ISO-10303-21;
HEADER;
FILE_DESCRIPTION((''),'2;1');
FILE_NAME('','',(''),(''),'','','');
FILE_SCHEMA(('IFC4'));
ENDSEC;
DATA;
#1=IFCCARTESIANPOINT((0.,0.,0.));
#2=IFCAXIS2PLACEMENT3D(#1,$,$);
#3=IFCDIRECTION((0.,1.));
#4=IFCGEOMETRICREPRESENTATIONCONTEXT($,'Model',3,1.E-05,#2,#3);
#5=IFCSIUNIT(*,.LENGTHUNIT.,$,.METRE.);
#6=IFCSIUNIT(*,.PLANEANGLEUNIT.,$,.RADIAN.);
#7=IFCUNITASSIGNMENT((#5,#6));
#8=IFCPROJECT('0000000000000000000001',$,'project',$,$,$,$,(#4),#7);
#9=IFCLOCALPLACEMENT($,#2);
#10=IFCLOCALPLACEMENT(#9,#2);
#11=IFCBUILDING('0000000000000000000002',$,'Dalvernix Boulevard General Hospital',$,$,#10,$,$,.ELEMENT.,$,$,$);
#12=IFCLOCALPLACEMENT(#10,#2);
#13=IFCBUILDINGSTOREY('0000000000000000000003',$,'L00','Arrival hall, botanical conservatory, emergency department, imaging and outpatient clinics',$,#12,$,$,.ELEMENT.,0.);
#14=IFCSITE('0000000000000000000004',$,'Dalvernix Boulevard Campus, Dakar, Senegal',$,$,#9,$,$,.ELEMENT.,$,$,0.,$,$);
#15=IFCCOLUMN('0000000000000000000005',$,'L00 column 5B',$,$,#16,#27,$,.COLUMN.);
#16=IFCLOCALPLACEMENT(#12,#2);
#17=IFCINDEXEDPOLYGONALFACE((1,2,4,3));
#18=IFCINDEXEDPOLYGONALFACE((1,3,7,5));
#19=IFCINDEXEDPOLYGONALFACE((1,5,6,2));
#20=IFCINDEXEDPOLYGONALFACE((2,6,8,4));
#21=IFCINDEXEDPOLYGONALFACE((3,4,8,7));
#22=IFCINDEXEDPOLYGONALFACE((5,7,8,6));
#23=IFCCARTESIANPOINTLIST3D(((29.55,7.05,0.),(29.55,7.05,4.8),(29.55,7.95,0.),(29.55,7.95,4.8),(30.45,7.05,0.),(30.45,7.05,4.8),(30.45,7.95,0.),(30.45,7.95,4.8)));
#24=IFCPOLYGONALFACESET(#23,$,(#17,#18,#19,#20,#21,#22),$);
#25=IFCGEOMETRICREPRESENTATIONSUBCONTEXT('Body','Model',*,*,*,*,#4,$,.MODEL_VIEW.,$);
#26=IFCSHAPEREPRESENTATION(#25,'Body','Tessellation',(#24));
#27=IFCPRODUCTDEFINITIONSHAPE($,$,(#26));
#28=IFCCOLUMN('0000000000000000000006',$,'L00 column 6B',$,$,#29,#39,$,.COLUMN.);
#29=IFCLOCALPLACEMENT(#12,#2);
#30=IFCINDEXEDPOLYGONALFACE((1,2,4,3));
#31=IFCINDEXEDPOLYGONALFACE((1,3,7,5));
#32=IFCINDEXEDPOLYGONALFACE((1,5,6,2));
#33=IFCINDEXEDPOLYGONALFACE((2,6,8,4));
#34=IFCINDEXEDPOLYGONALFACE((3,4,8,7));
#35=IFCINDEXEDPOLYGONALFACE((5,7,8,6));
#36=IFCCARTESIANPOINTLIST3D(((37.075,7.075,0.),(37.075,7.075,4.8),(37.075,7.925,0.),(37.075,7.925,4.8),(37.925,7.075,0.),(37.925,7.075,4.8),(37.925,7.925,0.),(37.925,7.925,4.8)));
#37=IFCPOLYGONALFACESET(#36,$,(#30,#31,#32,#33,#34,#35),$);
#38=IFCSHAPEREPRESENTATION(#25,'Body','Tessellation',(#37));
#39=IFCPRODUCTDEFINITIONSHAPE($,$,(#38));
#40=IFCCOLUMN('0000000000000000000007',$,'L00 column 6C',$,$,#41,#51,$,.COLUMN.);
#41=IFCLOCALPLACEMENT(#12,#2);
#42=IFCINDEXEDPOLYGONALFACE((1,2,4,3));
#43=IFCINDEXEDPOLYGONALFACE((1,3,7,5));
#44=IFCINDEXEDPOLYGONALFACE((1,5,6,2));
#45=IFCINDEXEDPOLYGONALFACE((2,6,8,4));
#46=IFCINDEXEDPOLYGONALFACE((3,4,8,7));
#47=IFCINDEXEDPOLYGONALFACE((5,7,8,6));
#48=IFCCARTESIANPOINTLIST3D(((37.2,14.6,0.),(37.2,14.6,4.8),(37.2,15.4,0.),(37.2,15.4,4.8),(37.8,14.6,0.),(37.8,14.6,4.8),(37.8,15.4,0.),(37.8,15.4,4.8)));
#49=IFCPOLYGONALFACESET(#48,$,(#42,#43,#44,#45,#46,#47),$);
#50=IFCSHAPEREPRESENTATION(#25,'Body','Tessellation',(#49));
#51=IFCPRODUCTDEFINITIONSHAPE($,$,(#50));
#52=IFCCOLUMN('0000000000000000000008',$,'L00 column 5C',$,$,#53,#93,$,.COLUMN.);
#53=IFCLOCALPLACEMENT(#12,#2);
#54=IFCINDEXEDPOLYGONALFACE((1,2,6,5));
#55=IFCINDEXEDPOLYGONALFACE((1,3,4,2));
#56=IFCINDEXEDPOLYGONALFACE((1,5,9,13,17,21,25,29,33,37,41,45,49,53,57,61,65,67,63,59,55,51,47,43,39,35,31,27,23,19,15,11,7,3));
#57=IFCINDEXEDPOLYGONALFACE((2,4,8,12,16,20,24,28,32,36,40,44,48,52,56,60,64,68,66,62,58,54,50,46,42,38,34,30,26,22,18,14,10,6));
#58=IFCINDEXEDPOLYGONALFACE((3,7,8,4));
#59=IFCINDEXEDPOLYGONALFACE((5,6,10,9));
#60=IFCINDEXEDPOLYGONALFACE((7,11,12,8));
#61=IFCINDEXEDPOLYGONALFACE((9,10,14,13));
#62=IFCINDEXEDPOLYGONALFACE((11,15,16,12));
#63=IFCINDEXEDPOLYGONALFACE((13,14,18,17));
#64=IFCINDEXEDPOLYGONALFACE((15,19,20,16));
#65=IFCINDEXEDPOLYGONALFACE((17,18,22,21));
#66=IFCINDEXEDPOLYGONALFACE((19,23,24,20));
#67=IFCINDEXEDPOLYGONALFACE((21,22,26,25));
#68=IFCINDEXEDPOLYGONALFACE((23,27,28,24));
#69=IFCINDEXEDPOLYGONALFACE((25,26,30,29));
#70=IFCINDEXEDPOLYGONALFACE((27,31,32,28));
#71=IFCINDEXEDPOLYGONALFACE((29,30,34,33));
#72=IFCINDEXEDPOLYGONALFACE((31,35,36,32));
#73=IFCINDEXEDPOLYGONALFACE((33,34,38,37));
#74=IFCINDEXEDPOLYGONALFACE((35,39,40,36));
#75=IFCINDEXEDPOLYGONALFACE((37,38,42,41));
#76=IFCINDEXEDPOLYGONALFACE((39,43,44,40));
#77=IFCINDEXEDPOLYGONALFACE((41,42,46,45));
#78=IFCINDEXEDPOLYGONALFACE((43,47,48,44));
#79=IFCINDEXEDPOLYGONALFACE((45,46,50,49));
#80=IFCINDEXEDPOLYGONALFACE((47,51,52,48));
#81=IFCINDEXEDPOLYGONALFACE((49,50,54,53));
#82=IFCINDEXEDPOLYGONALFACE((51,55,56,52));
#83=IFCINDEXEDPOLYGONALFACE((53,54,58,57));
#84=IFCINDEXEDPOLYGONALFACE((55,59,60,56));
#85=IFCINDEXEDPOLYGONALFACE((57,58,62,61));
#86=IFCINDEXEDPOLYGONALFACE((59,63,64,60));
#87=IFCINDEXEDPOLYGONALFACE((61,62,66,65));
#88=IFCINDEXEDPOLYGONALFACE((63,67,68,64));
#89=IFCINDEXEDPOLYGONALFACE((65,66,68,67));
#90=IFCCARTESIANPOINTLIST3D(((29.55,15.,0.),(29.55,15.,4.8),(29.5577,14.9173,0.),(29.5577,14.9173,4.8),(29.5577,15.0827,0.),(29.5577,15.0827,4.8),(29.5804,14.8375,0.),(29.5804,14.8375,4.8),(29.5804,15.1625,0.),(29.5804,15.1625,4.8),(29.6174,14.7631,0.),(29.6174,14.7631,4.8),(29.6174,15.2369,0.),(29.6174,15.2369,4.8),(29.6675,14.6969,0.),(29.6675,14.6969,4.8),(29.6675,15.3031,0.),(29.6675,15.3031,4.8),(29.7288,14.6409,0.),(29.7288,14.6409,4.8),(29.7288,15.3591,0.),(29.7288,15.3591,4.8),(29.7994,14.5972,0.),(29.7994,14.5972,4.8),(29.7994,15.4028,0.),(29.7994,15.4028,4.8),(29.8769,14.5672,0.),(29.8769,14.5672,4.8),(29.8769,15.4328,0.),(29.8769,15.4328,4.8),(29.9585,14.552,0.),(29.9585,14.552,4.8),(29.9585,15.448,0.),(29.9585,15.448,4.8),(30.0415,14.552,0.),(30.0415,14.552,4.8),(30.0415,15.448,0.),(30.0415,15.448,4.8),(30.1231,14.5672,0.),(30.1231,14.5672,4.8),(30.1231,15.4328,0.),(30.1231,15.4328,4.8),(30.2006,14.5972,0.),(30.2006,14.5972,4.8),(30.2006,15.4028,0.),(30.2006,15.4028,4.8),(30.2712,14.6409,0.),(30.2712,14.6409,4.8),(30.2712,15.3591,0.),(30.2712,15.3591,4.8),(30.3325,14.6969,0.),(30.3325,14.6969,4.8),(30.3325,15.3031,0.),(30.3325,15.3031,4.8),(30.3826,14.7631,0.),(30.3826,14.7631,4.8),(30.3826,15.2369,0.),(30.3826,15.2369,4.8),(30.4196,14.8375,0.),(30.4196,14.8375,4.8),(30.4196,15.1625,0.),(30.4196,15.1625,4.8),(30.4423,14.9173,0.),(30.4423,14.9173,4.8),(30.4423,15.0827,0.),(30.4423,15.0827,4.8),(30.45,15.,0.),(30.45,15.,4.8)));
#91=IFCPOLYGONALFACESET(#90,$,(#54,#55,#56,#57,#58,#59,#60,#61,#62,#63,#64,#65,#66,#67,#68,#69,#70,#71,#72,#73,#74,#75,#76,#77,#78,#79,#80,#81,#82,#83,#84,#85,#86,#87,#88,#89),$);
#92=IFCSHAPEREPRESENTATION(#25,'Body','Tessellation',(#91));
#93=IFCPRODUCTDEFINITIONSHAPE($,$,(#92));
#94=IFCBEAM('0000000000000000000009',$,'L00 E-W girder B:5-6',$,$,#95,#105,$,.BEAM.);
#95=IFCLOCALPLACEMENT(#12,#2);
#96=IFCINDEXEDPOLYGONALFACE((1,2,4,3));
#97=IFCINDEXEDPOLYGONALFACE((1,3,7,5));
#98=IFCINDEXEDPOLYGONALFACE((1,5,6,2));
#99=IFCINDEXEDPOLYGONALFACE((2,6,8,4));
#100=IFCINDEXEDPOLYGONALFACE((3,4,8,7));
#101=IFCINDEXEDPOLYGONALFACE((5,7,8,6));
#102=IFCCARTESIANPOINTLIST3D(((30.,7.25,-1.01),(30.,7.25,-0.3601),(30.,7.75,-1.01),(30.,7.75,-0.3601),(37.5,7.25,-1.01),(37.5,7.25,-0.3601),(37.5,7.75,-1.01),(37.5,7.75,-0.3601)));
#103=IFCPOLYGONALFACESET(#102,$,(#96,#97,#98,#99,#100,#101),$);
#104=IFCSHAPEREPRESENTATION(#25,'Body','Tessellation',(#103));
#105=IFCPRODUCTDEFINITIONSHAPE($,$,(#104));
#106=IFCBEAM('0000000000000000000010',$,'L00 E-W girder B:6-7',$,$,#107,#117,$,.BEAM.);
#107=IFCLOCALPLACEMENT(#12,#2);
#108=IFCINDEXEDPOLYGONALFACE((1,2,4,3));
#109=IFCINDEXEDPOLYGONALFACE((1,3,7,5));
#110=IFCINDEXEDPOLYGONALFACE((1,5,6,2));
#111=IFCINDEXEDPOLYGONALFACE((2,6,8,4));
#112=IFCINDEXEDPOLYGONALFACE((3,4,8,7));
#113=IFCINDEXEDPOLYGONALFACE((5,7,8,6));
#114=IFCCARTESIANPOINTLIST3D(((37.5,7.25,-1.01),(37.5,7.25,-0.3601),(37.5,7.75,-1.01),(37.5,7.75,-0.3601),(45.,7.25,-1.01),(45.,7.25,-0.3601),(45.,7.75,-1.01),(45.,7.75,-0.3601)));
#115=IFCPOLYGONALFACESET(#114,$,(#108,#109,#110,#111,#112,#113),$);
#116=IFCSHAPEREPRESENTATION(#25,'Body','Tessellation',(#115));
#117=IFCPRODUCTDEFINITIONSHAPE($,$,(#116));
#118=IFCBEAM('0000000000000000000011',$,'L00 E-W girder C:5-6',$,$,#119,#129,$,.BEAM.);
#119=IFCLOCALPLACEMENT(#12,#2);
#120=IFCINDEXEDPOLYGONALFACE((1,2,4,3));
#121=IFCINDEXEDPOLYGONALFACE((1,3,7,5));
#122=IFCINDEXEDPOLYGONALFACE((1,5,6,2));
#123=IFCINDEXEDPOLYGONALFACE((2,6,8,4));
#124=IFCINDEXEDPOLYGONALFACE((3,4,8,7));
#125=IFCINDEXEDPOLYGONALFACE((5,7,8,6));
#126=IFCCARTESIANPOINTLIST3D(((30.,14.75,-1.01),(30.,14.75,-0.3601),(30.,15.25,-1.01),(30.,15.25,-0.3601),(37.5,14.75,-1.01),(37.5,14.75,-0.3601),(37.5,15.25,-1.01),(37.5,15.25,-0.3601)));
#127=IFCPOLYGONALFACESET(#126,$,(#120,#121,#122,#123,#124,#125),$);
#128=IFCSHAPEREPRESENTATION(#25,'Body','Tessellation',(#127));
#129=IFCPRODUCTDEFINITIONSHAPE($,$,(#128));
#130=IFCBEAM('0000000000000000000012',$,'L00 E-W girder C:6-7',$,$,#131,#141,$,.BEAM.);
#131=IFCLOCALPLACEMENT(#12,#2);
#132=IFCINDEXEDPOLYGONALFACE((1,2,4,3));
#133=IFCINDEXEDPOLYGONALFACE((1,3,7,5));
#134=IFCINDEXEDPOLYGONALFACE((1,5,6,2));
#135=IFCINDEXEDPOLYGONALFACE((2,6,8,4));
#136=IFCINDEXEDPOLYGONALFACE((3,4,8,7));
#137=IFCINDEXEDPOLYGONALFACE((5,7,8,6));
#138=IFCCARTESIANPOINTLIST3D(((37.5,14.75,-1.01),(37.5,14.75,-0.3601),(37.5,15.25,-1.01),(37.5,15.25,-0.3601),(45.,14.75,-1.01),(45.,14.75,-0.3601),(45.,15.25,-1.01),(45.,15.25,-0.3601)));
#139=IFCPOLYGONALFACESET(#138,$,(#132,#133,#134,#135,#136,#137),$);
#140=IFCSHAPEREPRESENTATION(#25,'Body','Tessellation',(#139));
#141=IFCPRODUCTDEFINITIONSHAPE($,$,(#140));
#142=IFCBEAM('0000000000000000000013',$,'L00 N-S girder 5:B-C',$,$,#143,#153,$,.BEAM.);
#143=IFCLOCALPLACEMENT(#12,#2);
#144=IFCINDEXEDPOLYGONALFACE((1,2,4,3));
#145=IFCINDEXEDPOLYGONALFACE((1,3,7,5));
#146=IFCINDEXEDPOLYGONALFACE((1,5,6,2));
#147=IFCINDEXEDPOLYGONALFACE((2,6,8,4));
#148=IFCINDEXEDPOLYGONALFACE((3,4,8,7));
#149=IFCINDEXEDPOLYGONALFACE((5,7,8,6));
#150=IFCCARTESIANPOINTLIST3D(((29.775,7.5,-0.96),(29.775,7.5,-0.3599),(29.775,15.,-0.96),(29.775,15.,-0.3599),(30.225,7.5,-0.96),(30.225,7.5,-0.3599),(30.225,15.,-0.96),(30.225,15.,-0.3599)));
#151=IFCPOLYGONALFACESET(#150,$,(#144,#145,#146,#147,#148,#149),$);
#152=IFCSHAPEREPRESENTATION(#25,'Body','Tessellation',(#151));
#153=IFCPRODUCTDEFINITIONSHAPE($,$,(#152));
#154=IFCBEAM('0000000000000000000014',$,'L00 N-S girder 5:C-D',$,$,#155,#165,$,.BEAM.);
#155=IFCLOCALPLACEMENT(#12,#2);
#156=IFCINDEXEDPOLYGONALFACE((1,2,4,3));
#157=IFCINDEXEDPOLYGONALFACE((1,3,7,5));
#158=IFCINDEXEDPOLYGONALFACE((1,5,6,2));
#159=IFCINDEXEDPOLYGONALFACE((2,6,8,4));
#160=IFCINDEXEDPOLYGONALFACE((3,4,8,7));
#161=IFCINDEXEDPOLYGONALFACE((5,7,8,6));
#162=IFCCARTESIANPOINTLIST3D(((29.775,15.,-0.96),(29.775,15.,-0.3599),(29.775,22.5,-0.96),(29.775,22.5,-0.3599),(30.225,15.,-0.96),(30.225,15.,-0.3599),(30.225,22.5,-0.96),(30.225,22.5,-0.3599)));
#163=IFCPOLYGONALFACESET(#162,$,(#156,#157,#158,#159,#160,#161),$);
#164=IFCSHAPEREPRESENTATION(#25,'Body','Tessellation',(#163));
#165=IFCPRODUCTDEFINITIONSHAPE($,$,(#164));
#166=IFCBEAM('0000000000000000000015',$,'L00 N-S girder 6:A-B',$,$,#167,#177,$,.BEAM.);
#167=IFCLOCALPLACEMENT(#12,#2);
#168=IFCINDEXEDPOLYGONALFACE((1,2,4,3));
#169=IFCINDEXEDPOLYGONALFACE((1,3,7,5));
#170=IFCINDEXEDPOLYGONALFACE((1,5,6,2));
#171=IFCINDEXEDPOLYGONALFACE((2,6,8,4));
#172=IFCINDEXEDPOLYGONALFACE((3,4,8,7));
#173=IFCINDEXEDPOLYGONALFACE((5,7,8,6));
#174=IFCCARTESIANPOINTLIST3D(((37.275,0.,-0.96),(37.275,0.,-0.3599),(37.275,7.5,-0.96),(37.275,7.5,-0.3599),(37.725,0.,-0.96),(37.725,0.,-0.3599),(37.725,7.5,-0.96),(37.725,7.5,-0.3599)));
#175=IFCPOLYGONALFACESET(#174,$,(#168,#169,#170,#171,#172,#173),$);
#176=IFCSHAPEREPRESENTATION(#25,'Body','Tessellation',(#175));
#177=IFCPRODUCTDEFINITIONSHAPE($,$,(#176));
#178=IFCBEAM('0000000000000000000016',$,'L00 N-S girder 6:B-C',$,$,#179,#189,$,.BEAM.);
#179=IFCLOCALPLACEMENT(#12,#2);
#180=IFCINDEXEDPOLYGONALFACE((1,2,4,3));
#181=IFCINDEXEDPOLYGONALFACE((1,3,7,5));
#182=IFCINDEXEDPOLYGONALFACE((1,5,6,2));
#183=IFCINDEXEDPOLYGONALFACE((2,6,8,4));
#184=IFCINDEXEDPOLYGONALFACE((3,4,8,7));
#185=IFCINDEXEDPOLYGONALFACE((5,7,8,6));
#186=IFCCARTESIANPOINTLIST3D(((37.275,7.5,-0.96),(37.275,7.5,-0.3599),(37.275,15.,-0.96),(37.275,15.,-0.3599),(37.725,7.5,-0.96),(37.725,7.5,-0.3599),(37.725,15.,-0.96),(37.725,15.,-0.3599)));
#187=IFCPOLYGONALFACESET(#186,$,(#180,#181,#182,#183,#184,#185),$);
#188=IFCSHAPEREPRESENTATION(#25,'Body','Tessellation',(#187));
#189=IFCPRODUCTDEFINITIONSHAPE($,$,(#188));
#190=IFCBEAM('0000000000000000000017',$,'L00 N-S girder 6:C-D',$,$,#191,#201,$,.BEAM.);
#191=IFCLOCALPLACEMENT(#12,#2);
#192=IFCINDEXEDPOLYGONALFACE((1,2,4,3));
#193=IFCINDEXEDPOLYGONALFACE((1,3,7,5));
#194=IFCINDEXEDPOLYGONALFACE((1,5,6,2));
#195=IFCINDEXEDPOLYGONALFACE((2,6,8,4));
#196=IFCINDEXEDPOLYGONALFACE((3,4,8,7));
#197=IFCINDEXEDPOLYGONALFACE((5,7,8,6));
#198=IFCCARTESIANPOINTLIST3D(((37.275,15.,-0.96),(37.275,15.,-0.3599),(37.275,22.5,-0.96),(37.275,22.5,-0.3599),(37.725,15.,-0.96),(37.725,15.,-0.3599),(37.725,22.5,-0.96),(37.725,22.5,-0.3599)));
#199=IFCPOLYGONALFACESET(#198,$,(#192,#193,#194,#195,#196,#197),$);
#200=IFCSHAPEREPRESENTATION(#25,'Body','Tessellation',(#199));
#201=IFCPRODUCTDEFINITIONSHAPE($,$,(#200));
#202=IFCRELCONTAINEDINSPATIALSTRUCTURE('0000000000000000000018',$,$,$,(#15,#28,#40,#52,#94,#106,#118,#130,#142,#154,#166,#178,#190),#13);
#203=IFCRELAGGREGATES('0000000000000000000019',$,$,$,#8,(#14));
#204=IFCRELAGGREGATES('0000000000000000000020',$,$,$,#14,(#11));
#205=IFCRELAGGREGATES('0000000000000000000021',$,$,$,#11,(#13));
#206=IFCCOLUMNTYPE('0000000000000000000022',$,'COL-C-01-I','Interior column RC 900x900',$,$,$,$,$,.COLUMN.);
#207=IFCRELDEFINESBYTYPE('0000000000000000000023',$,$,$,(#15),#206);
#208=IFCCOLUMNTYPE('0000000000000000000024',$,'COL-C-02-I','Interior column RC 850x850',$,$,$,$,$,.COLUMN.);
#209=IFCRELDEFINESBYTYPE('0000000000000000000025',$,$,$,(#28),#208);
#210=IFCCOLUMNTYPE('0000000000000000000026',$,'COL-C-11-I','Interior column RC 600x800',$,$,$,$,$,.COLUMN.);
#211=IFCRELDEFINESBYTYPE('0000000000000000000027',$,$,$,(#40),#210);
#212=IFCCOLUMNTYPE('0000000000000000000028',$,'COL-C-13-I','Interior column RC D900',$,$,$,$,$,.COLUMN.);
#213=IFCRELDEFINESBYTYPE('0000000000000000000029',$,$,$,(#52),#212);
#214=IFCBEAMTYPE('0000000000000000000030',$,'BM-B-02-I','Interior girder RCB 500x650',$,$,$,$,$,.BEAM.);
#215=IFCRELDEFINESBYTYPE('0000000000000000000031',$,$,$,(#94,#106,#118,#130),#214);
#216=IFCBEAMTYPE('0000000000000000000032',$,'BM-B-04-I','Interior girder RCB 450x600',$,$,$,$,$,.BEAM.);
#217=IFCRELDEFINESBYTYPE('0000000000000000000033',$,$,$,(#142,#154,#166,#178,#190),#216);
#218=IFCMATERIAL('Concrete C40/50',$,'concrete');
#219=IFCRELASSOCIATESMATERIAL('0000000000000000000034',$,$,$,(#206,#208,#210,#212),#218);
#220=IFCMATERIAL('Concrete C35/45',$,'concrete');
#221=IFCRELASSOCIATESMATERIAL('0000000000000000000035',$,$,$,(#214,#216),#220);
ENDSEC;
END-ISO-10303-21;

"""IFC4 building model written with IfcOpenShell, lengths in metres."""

from ifc_helpers import new_model, si_unit, direction, frame, origin, origin_2d, place, context, subcontext, project, spatial, rectangle, circle, extrude, material, material_profile, profile_set, type_object, element, save


model = new_model("IFC4")

# Units and contexts
model_context = context("Model", 3, precision=1e-05, world=origin(), true_north=direction((0.0, 1.0)))
body_context = subcontext(model_context, "Body", "Model", "MODEL_VIEW")
ifc_project = project(units=[si_unit("LENGTHUNIT", "METRE"), si_unit("PLANEANGLEUNIT", "RADIAN")], contexts=[model_context])

# Site, building, storey
site_placement = place(None, origin())
site = spatial("IfcSite", under=ifc_project, at=site_placement, Name="Dalvernix Boulevard Campus, Dakar, Senegal", CompositionType="ELEMENT", RefElevation=0.0)
building_placement = place(site_placement, origin())
building = spatial("IfcBuilding", under=site, at=building_placement, Name="Dalvernix Boulevard General Hospital", CompositionType="ELEMENT")
storey_placement = place(building_placement, origin())
storey = spatial("IfcBuildingStorey", under=building, at=storey_placement, Name="L00", Description="Arrival hall, botanical conservatory, emergency department, imaging and outpatient clinics", CompositionType="ELEMENT", Elevation=0.0)

# Columns
ifc_material_1 = material(Name="Concrete C40/50", Category="concrete")
ifc_material_profile_1 = material_profile(ifc_material_1, rectangle(XDim=0.8999, YDim=0.8999, at=origin_2d()), Name="RC 900x900")
ifc_profile_set_1 = profile_set([ifc_material_profile_1], Name="Concrete C40/50")
column_type_1 = type_object("IfcColumnType", Name="COL-C-01-I", Description="Interior column RC 900x900", PredefinedType="COLUMN", material=ifc_profile_set_1)
column_1_placement = place(storey_placement, frame((30.0, 7.5, 0.0), z_axis=(0.0, 0.0, 1.0), x_axis=(1.0, 0.0, 0.0)))
element("IfcColumn", 1, at=column_1_placement, inside=storey, type_object=column_type_1, Name="L00 column 5B", PredefinedType="COLUMN", context=body_context, shape_type="SweptSolid", body=[
    extrude(rectangle(XDim=0.8999, YDim=0.8999, at=origin_2d()), origin(), (0.0, 0.0, 1.0), 4.8),
])
ifc_material_profile_2 = material_profile(ifc_material_1, rectangle(XDim=0.8501, YDim=0.8501, at=origin_2d()), Name="RC 850x850")
ifc_profile_set_2 = profile_set([ifc_material_profile_2], Name="Concrete C40/50")
column_type_2 = type_object("IfcColumnType", Name="COL-C-02-I", Description="Interior column RC 850x850", PredefinedType="COLUMN", material=ifc_profile_set_2)
column_2_placement = place(storey_placement, frame((37.5, 7.5, 0.0), z_axis=(0.0, 0.0, 1.0), x_axis=(1.0, 0.0, 0.0)))
element("IfcColumn", 2, at=column_2_placement, inside=storey, type_object=column_type_2, Name="L00 column 6B", PredefinedType="COLUMN", context=body_context, shape_type="SweptSolid", body=[
    extrude(rectangle(XDim=0.8501, YDim=0.8501, at=origin_2d()), origin(), (0.0, 0.0, 1.0), 4.8),
])
ifc_material_profile_3 = material_profile(ifc_material_1, rectangle(XDim=0.6001, YDim=0.8, at=origin_2d()), Name="RC 600x800")
ifc_profile_set_3 = profile_set([ifc_material_profile_3], Name="Concrete C40/50")
column_type_3 = type_object("IfcColumnType", Name="COL-C-11-I", Description="Interior column RC 600x800", PredefinedType="COLUMN", material=ifc_profile_set_3)
column_3_placement = place(storey_placement, frame((37.5, 15.0, 0.0), z_axis=(0.0, 0.0, 1.0), x_axis=(1.0, 0.0, 0.0)))
element("IfcColumn", 3, at=column_3_placement, inside=storey, type_object=column_type_3, Name="L00 column 6C", PredefinedType="COLUMN", context=body_context, shape_type="SweptSolid", body=[
    extrude(rectangle(XDim=0.6001, YDim=0.8, at=origin_2d()), origin(), (0.0, 0.0, 1.0), 4.8),
])
ifc_material_profile_4 = material_profile(ifc_material_1, circle(Radius=0.45, at=origin_2d()), Name="RC D900")
ifc_profile_set_4 = profile_set([ifc_material_profile_4], Name="Concrete C40/50")
column_type_4 = type_object("IfcColumnType", Name="COL-C-13-I", Description="Interior column RC D900", PredefinedType="COLUMN", material=ifc_profile_set_4)
column_4_placement = place(storey_placement, frame((30.0, 15.0, 0.0), z_axis=(0.0, 0.0, 1.0), x_axis=(1.0, 0.0, 0.0)))
element("IfcColumn", 4, at=column_4_placement, inside=storey, type_object=column_type_4, Name="L00 column 5C", PredefinedType="COLUMN", context=body_context, shape_type="SweptSolid", body=[
    extrude(circle(Radius=0.45, at=origin_2d()), origin(), (0.0, 0.0, 1.0), 4.8),
])

# Beams
ifc_material_2 = material(Name="Concrete C35/45", Category="concrete")
ifc_material_profile_5 = material_profile(ifc_material_2, rectangle(XDim=0.5, YDim=0.6499, at=origin_2d()), Name="RCB 500x650")
ifc_profile_set_5 = profile_set([ifc_material_profile_5], Name="Concrete C35/45")
beam_type_1 = type_object("IfcBeamType", Name="BM-B-02-I", Description="Interior girder RCB 500x650", PredefinedType="BEAM", material=ifc_profile_set_5)
for number, where, z_axis, x_axis, name in (
    (5, (30.0, 7.5, -0.6851), (1.0, 0.0, 0.0), (0.0, 1.0, 0.0), "L00 E-W girder B:5-6"),
    (6, (37.5, 7.5, -0.6851), (1.0, 0.0, 0.0), (0.0, 1.0, 0.0), "L00 E-W girder B:6-7"),
    (7, (30.0, 15.0, -0.6851), (1.0, 0.0, 0.0), (0.0, 1.0, 0.0), "L00 E-W girder C:5-6"),
    (8, (37.5, 15.0, -0.6851), (1.0, 0.0, 0.0), (0.0, 1.0, 0.0), "L00 E-W girder C:6-7"),
):
    element("IfcBeam", number, at=place(storey_placement, frame(where, z_axis=z_axis, x_axis=x_axis)), inside=storey, type_object=beam_type_1, Name=name, PredefinedType="BEAM", context=body_context, shape_type="SweptSolid", body=[
        extrude(rectangle(XDim=0.5, YDim=0.6499, at=origin_2d()), origin(), (0.0, 0.0, 1.0), 7.5),
    ])
ifc_material_profile_6 = material_profile(ifc_material_2, rectangle(XDim=0.45, YDim=0.6001, at=origin_2d()), Name="RCB 450x600")
ifc_profile_set_6 = profile_set([ifc_material_profile_6], Name="Concrete C35/45")
beam_type_2 = type_object("IfcBeamType", Name="BM-B-04-I", Description="Interior girder RCB 450x600", PredefinedType="BEAM", material=ifc_profile_set_6)
for number, where, z_axis, x_axis, name in (
    (9, (30.0, 7.5, -0.6599), (0.0, 1.0, 0.0), (-1.0, 0.0, 0.0), "L00 N-S girder 5:B-C"),
    (10, (30.0, 15.0, -0.6599), (0.0, 1.0, 0.0), (-1.0, 0.0, 0.0), "L00 N-S girder 5:C-D"),
    (11, (37.5, 0.0, -0.6599), (0.0, 1.0, 0.0), (-1.0, 0.0, 0.0), "L00 N-S girder 6:A-B"),
    (12, (37.5, 7.5, -0.6599), (0.0, 1.0, 0.0), (-1.0, 0.0, 0.0), "L00 N-S girder 6:B-C"),
    (13, (37.5, 15.0, -0.6599), (0.0, 1.0, 0.0), (-1.0, 0.0, 0.0), "L00 N-S girder 6:C-D"),
):
    element("IfcBeam", number, at=place(storey_placement, frame(where, z_axis=z_axis, x_axis=x_axis)), inside=storey, type_object=beam_type_2, Name=name, PredefinedType="BEAM", context=body_context, shape_type="SweptSolid", body=[
        extrude(rectangle(XDim=0.45, YDim=0.6001, at=origin_2d()), origin(), (0.0, 0.0, 1.0), 7.5),
    ])

save(model, "model.ifc")
